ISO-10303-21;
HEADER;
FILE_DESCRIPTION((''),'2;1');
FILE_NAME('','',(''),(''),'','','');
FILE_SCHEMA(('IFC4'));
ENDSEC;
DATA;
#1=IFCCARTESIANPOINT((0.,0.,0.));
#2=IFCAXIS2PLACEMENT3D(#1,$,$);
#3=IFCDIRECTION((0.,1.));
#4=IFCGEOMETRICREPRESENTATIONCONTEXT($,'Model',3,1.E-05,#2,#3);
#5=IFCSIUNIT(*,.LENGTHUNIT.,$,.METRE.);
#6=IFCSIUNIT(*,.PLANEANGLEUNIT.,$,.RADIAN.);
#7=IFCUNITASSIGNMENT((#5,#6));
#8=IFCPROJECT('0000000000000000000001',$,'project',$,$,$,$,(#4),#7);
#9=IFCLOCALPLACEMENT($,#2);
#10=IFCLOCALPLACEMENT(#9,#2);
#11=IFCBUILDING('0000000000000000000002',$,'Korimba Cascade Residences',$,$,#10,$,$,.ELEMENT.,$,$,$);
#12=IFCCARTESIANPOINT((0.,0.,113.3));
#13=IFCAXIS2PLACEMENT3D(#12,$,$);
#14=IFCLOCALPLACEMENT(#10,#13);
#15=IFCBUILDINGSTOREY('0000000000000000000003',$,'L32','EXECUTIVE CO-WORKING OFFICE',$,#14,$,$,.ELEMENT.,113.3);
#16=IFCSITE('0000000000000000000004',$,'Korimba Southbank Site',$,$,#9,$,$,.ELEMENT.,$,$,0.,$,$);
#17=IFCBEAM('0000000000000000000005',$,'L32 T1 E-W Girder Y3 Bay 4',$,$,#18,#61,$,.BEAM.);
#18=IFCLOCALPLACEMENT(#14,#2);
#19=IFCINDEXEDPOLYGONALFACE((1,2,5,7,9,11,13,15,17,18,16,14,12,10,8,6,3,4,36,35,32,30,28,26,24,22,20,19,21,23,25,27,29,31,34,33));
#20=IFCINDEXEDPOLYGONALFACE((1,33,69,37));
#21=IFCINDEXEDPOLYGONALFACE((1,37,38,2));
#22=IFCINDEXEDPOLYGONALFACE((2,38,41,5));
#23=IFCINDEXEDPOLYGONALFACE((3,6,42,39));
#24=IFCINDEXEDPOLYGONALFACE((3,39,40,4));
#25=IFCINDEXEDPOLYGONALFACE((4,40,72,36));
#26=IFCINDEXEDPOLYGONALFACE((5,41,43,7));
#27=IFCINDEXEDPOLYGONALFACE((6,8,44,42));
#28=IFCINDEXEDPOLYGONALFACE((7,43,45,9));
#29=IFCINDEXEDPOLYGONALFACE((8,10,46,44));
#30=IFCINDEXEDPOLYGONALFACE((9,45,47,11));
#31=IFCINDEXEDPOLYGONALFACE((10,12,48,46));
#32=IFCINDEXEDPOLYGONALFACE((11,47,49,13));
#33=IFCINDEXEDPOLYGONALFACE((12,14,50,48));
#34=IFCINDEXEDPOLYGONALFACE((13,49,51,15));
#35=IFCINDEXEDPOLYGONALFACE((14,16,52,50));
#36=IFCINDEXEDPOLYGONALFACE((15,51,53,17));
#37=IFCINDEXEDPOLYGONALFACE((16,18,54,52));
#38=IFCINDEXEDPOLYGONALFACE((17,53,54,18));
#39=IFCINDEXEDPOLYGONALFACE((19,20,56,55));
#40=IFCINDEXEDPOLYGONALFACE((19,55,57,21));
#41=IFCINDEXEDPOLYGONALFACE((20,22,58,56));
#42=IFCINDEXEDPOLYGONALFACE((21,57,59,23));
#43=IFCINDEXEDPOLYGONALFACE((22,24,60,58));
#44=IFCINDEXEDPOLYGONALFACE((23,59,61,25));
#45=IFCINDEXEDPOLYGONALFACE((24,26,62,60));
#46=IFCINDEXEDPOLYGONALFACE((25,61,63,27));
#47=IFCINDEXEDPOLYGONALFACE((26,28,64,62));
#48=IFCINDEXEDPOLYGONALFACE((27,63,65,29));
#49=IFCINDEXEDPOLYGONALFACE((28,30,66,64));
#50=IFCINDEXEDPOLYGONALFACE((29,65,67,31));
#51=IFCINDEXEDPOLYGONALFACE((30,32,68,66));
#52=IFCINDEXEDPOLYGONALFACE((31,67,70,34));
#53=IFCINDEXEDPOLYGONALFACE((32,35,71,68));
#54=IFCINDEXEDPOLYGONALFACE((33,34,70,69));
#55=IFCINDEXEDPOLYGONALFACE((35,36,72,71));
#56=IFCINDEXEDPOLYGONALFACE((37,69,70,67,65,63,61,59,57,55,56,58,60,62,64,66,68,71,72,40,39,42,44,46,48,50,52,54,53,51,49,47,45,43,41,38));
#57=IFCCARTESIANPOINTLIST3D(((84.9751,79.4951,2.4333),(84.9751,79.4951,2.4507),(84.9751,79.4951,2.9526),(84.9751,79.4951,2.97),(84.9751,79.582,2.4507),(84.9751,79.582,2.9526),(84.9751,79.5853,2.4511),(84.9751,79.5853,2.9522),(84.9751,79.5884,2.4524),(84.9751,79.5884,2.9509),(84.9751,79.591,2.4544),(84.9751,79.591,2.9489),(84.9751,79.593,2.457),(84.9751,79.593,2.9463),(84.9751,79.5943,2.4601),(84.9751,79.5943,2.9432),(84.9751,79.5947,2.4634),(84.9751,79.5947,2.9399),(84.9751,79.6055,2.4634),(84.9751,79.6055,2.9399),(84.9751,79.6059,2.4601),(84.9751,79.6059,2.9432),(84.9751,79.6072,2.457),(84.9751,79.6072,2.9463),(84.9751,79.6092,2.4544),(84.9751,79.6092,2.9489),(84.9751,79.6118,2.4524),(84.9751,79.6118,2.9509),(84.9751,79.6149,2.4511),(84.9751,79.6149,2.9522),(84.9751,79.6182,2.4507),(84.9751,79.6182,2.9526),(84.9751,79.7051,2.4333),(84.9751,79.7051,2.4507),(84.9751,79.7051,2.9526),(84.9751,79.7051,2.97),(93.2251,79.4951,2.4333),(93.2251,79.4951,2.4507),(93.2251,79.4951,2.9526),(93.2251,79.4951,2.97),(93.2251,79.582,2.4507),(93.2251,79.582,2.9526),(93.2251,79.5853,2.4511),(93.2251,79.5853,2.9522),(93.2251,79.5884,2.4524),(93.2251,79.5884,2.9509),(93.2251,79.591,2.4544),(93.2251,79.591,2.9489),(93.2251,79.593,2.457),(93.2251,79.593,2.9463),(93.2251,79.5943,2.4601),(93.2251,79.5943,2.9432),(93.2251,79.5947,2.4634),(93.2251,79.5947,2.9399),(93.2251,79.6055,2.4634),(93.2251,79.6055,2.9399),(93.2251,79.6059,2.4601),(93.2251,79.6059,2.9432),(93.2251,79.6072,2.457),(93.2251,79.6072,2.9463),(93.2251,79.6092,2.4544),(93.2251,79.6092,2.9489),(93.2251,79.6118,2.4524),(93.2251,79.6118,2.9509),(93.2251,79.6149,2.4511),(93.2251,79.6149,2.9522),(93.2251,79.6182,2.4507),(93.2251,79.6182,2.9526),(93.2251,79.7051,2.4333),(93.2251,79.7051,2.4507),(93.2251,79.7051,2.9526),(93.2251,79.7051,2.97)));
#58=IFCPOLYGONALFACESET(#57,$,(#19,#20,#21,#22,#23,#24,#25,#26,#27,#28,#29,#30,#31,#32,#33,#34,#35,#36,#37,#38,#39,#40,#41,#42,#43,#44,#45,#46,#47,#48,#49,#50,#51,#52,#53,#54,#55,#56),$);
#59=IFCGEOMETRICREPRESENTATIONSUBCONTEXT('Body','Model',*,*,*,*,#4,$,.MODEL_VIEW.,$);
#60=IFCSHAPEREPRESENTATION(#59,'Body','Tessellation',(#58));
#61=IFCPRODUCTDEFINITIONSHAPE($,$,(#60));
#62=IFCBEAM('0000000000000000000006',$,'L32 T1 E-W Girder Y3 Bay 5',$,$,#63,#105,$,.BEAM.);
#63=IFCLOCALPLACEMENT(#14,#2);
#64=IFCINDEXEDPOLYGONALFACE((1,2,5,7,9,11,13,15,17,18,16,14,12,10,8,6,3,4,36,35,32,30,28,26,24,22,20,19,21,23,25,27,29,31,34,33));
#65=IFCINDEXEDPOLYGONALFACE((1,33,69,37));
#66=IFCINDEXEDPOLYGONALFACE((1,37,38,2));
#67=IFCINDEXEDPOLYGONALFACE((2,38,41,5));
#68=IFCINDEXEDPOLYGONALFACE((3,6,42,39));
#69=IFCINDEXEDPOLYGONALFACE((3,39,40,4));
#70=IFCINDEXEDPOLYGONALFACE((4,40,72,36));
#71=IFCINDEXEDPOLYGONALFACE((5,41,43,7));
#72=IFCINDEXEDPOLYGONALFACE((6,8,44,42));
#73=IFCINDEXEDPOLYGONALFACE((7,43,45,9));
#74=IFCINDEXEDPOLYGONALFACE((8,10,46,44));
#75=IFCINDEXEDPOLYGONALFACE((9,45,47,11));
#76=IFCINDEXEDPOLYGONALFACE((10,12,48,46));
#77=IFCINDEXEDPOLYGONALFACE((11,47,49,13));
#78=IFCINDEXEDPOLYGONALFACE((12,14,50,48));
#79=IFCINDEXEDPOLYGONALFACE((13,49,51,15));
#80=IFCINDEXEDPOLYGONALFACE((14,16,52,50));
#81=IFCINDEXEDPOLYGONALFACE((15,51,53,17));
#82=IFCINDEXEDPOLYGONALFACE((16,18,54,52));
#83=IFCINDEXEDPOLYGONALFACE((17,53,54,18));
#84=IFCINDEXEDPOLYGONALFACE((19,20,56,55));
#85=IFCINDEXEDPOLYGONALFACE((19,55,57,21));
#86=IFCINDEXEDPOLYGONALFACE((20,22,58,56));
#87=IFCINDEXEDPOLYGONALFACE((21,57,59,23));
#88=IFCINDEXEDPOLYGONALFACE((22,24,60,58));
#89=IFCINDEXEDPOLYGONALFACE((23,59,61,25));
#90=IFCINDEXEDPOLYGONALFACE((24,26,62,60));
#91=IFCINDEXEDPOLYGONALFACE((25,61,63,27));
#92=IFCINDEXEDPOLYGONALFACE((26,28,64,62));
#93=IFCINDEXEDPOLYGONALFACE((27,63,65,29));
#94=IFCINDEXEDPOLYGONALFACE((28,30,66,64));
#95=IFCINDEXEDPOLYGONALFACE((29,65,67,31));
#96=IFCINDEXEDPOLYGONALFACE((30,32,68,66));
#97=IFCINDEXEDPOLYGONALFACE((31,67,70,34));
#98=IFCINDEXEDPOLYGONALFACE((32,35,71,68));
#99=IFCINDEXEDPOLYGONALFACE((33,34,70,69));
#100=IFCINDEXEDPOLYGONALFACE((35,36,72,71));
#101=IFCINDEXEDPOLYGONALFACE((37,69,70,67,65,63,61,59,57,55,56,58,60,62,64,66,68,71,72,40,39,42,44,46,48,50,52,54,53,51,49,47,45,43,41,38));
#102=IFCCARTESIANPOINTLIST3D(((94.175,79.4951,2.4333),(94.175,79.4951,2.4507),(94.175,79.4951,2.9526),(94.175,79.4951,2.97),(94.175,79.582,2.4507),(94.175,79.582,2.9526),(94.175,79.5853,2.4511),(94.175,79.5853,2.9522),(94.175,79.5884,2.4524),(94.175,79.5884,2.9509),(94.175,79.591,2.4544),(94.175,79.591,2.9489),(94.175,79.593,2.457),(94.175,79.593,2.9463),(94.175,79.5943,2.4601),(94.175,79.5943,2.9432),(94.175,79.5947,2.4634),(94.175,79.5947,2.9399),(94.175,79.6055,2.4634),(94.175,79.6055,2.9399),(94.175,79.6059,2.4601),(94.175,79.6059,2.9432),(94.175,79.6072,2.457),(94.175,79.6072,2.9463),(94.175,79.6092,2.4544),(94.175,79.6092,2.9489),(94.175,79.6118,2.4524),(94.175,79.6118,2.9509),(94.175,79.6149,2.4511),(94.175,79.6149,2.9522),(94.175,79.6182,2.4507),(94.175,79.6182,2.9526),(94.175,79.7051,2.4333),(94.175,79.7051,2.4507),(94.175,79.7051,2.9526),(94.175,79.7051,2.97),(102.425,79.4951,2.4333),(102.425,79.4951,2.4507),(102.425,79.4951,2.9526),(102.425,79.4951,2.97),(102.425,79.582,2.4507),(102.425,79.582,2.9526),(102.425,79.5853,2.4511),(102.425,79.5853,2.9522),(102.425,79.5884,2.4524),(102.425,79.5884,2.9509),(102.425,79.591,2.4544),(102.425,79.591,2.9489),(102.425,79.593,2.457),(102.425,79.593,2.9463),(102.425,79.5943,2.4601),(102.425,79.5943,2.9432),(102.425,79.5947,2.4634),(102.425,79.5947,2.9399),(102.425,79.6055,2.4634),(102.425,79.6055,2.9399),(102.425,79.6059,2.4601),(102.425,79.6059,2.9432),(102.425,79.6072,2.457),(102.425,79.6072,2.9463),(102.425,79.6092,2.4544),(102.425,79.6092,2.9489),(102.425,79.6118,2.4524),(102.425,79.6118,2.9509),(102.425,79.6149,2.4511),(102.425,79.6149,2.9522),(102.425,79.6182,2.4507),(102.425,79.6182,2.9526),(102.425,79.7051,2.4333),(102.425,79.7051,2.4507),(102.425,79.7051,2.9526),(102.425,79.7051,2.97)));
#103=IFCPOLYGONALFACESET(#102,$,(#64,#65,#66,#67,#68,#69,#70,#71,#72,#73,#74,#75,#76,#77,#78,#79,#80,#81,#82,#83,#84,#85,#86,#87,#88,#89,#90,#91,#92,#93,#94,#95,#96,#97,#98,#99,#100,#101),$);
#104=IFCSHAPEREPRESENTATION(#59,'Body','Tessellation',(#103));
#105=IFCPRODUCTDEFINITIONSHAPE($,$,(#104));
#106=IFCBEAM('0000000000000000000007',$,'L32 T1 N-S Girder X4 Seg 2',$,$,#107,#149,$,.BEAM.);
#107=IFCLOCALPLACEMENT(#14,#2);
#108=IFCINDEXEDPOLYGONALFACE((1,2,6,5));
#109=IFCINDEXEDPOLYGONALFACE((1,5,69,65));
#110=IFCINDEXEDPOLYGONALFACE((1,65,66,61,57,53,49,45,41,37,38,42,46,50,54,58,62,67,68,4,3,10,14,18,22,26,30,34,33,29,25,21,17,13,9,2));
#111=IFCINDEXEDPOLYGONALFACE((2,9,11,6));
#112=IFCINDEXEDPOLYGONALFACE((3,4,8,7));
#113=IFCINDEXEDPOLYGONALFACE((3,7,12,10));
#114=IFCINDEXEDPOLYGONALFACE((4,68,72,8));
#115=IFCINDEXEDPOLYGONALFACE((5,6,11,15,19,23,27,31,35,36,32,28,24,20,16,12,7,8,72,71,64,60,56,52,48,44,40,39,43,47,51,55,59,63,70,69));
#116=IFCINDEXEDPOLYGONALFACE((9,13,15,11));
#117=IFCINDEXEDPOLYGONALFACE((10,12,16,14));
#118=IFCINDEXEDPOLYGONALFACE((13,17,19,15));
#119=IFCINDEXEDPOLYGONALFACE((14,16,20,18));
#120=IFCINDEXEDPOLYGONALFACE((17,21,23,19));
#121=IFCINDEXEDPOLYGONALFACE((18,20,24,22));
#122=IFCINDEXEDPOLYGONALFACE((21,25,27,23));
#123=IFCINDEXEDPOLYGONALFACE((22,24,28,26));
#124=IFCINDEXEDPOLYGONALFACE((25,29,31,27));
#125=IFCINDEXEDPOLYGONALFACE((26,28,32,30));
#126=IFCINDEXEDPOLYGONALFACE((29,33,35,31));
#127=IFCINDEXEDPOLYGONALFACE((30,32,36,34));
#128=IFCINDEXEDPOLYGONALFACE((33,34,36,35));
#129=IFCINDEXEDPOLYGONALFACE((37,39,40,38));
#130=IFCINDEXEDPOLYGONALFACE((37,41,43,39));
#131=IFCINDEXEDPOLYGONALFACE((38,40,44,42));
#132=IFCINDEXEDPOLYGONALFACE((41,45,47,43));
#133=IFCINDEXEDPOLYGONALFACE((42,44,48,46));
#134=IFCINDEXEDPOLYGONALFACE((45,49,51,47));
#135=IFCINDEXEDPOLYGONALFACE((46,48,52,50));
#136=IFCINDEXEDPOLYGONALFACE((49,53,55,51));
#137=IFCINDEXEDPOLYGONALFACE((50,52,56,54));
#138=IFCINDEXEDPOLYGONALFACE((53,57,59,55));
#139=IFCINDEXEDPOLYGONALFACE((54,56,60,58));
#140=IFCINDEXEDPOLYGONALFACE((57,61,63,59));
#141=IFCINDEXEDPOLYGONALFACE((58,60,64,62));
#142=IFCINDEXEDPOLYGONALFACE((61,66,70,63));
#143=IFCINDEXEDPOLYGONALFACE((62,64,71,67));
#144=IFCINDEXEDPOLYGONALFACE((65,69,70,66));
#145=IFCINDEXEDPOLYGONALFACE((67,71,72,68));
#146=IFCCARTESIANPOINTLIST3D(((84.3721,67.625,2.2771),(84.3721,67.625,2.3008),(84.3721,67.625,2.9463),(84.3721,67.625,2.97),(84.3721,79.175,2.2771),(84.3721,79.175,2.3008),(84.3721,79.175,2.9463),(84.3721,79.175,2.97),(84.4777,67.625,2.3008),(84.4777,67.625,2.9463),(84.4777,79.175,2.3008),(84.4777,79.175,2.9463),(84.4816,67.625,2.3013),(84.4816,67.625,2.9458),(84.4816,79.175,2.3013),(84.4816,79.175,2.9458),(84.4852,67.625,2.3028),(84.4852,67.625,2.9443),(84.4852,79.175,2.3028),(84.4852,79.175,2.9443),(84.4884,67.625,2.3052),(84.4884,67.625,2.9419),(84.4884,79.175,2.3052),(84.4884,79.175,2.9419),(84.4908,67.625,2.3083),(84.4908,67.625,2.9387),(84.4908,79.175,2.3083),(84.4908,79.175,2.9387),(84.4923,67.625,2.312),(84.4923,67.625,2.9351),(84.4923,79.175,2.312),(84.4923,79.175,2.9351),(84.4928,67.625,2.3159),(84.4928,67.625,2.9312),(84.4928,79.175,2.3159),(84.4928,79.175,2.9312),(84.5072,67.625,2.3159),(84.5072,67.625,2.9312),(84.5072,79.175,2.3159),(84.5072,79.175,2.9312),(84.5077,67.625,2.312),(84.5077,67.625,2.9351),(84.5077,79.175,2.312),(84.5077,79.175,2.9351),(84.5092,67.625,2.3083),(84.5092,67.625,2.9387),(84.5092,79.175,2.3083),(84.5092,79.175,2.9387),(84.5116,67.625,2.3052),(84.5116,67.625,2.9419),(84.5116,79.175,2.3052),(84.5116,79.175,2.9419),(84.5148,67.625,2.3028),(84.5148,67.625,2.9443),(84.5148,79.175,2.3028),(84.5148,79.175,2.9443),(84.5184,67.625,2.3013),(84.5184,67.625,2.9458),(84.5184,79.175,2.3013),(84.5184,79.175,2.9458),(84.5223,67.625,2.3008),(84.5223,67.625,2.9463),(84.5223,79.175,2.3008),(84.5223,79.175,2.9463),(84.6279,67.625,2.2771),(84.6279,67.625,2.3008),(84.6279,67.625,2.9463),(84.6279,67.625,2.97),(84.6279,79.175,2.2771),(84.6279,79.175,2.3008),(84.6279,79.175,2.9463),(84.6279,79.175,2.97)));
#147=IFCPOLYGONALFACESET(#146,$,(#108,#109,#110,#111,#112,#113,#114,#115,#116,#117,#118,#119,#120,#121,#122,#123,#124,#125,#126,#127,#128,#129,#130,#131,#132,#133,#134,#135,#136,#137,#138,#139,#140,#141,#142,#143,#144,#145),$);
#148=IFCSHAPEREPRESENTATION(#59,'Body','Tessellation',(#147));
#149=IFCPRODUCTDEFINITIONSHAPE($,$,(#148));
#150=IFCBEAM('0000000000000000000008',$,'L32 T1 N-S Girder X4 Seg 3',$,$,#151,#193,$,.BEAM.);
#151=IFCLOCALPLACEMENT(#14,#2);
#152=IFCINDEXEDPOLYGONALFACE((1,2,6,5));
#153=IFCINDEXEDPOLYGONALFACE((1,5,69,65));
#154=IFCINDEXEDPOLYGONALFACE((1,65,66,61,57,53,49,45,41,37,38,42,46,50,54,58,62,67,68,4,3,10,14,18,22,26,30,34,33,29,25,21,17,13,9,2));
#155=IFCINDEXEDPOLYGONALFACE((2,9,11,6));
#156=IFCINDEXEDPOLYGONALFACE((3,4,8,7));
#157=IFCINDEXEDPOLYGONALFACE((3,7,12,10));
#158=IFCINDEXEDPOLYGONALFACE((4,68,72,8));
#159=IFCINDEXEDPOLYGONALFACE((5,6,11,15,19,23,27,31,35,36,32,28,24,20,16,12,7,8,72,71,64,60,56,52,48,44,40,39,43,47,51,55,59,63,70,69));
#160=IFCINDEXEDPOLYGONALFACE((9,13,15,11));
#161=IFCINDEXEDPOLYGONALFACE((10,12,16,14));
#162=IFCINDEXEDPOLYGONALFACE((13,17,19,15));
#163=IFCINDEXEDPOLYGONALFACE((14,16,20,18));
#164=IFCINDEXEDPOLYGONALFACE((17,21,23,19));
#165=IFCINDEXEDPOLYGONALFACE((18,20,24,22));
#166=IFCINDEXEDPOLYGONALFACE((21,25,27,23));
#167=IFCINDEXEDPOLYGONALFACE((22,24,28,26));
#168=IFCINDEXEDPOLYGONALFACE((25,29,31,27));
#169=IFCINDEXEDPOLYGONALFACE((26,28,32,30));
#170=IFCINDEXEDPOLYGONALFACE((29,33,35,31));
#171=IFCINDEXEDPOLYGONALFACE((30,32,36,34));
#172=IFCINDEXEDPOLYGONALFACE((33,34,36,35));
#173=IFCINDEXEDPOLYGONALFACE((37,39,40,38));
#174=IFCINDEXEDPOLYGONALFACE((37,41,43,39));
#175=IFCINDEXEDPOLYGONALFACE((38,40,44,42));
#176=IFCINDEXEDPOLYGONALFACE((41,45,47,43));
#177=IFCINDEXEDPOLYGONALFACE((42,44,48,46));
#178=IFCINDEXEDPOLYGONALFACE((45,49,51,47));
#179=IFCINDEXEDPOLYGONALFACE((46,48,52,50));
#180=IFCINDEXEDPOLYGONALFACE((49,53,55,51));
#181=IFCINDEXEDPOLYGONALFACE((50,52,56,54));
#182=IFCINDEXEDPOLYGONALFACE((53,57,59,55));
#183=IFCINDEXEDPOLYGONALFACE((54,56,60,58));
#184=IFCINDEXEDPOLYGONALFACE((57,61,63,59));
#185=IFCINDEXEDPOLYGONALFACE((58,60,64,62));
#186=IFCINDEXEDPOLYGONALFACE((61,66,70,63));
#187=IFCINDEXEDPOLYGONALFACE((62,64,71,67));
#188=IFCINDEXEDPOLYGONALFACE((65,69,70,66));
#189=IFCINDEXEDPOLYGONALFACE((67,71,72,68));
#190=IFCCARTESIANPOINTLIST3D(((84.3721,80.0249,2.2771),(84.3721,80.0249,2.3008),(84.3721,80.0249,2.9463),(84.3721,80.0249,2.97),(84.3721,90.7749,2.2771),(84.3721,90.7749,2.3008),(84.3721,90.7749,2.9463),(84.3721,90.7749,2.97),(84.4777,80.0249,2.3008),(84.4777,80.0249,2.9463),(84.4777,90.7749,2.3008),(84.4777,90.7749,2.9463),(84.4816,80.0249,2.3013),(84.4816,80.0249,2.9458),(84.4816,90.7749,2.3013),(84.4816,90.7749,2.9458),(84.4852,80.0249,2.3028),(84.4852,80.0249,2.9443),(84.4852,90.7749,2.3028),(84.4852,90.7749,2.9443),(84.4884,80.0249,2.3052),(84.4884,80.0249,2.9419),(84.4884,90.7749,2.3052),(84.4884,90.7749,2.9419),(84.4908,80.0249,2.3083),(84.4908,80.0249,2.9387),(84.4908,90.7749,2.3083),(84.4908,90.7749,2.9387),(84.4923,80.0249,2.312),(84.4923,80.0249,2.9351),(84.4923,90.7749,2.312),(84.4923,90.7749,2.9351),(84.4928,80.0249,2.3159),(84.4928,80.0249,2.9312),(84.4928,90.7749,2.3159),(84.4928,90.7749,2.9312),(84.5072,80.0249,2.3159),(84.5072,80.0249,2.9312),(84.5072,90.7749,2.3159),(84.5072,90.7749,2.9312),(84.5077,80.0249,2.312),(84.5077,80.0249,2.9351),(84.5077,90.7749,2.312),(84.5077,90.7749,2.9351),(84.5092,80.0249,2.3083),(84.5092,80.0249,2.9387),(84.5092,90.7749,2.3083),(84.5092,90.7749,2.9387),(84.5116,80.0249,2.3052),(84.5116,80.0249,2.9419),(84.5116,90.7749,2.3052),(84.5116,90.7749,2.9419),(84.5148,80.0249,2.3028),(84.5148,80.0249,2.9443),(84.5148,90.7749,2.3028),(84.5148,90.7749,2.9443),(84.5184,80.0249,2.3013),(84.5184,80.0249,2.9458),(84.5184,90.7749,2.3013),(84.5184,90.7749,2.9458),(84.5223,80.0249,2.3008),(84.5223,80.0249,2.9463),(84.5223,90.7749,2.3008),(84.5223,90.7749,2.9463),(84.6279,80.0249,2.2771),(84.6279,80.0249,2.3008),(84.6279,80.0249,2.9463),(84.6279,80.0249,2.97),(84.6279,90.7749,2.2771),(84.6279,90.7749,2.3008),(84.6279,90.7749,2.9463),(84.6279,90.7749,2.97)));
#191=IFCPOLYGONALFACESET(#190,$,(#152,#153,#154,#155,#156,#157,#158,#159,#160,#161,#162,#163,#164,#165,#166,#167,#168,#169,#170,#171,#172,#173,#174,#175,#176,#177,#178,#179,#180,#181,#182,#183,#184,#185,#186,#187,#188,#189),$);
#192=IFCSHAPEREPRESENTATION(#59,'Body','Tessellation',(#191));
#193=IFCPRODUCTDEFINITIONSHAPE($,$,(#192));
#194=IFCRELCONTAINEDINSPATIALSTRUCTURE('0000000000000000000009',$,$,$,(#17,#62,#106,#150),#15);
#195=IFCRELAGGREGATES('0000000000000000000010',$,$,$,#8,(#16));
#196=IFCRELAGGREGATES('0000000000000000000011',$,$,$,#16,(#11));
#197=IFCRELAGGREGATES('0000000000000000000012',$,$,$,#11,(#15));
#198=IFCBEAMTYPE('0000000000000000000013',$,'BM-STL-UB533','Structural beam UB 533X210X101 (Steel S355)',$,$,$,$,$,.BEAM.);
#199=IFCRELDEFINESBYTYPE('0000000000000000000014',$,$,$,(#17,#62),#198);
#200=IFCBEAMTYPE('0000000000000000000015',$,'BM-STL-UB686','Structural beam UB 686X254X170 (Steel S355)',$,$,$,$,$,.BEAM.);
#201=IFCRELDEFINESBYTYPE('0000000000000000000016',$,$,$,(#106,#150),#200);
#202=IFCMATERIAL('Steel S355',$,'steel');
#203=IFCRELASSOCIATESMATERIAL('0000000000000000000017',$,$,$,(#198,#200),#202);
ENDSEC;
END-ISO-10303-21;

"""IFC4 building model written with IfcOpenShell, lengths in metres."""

from ifc_helpers import new_model, si_unit, direction, frame, origin, origin_2d, place, context, subcontext, project, spatial, i_section, extrude, material, material_profile, profile_set, type_object, element, save


model = new_model("IFC4")

# Units and contexts
model_context = context("Model", 3, precision=1e-05, world=origin(), true_north=direction((0.0, 1.0)))
body_context = subcontext(model_context, "Body", "Model", "MODEL_VIEW")
ifc_project = project(units=[si_unit("LENGTHUNIT", "METRE"), si_unit("PLANEANGLEUNIT", "RADIAN")], contexts=[model_context])

# Site, building, storey
site_placement = place(None, origin())
site = spatial("IfcSite", under=ifc_project, at=site_placement, Name="Korimba Southbank Site", CompositionType="ELEMENT", RefElevation=0.0)
building_placement = place(site_placement, origin())
building = spatial("IfcBuilding", under=site, at=building_placement, Name="Korimba Cascade Residences", CompositionType="ELEMENT")
storey_placement = place(building_placement, frame((0.0, 0.0, 113.3)))
storey = spatial("IfcBuildingStorey", under=building, at=storey_placement, Name="L32", Description="EXECUTIVE CO-WORKING OFFICE", CompositionType="ELEMENT", Elevation=113.3)

# Beams
ifc_material_1 = material(Name="Steel S355", Category="steel")
ifc_material_profile_1 = material_profile(ifc_material_1, i_section(OverallWidth=0.21, OverallDepth=0.5366, WebThickness=0.0107, FlangeThickness=0.0173, FilletRadius=0.0127, at=origin_2d()), Name="Steel S355")
ifc_profile_set_1 = profile_set([ifc_material_profile_1], Name="Steel S355")
beam_type_1 = type_object("IfcBeamType", Name="BM-STL-UB533", Description="Structural beam UB 533X210X101 (Steel S355)", PredefinedType="BEAM", material=ifc_profile_set_1)
for number, where, z_axis, x_axis, name in (
    (1, (84.9751, 79.6001, 2.7017), (1.0, 0.0, 0.0), (0.0, 1.0, 0.0), "L32 T1 E-W Girder Y3 Bay 4"),
    (2, (94.175, 79.6001, 2.7017), (1.0, 0.0, 0.0), (0.0, 1.0, 0.0), "L32 T1 E-W Girder Y3 Bay 5"),
):
    element("IfcBeam", number, at=place(storey_placement, frame(where, z_axis=z_axis, x_axis=x_axis)), inside=storey, type_object=beam_type_1, Name=name, PredefinedType="BEAM", context=body_context, shape_type="SweptSolid", body=[
        extrude(i_section(OverallWidth=0.21, OverallDepth=0.5366, WebThickness=0.0107, FlangeThickness=0.0173, FilletRadius=0.0127, at=origin_2d()), origin(), (0.0, 0.0, 1.0), 8.25),
    ])
ifc_material_profile_2 = material_profile(ifc_material_1, i_section(OverallWidth=0.2559, OverallDepth=0.6929, WebThickness=0.0144, FlangeThickness=0.0237, FilletRadius=0.0151, at=origin_2d()), Name="Steel S355")
ifc_profile_set_2 = profile_set([ifc_material_profile_2], Name="Steel S355")
beam_type_2 = type_object("IfcBeamType", Name="BM-STL-UB686", Description="Structural beam UB 686X254X170 (Steel S355)", PredefinedType="BEAM", material=ifc_profile_set_2)
beam_1_placement = place(storey_placement, frame((84.5, 67.625, 2.6235), z_axis=(0.0, 1.0, 0.0), x_axis=(-1.0, 0.0, 0.0)))
element("IfcBeam", 3, at=beam_1_placement, inside=storey, type_object=beam_type_2, Name="L32 T1 N-S Girder X4 Seg 2", PredefinedType="BEAM", context=body_context, shape_type="SweptSolid", body=[
    extrude(i_section(OverallWidth=0.2559, OverallDepth=0.6929, WebThickness=0.0144, FlangeThickness=0.0237, FilletRadius=0.0151, at=origin_2d()), origin(), (0.0, 0.0, 1.0), 11.55),
])
beam_2_placement = place(storey_placement, frame((84.5, 80.0249, 2.6235), z_axis=(0.0, 1.0, 0.0), x_axis=(-1.0, 0.0, 0.0)))
element("IfcBeam", 4, at=beam_2_placement, inside=storey, type_object=beam_type_2, Name="L32 T1 N-S Girder X4 Seg 3", PredefinedType="BEAM", context=body_context, shape_type="SweptSolid", body=[
    extrude(i_section(OverallWidth=0.2559, OverallDepth=0.6929, WebThickness=0.0144, FlangeThickness=0.0237, FilletRadius=0.0151, at=origin_2d()), origin(), (0.0, 0.0, 1.0), 10.75),
])

save(model, "model.ifc")
